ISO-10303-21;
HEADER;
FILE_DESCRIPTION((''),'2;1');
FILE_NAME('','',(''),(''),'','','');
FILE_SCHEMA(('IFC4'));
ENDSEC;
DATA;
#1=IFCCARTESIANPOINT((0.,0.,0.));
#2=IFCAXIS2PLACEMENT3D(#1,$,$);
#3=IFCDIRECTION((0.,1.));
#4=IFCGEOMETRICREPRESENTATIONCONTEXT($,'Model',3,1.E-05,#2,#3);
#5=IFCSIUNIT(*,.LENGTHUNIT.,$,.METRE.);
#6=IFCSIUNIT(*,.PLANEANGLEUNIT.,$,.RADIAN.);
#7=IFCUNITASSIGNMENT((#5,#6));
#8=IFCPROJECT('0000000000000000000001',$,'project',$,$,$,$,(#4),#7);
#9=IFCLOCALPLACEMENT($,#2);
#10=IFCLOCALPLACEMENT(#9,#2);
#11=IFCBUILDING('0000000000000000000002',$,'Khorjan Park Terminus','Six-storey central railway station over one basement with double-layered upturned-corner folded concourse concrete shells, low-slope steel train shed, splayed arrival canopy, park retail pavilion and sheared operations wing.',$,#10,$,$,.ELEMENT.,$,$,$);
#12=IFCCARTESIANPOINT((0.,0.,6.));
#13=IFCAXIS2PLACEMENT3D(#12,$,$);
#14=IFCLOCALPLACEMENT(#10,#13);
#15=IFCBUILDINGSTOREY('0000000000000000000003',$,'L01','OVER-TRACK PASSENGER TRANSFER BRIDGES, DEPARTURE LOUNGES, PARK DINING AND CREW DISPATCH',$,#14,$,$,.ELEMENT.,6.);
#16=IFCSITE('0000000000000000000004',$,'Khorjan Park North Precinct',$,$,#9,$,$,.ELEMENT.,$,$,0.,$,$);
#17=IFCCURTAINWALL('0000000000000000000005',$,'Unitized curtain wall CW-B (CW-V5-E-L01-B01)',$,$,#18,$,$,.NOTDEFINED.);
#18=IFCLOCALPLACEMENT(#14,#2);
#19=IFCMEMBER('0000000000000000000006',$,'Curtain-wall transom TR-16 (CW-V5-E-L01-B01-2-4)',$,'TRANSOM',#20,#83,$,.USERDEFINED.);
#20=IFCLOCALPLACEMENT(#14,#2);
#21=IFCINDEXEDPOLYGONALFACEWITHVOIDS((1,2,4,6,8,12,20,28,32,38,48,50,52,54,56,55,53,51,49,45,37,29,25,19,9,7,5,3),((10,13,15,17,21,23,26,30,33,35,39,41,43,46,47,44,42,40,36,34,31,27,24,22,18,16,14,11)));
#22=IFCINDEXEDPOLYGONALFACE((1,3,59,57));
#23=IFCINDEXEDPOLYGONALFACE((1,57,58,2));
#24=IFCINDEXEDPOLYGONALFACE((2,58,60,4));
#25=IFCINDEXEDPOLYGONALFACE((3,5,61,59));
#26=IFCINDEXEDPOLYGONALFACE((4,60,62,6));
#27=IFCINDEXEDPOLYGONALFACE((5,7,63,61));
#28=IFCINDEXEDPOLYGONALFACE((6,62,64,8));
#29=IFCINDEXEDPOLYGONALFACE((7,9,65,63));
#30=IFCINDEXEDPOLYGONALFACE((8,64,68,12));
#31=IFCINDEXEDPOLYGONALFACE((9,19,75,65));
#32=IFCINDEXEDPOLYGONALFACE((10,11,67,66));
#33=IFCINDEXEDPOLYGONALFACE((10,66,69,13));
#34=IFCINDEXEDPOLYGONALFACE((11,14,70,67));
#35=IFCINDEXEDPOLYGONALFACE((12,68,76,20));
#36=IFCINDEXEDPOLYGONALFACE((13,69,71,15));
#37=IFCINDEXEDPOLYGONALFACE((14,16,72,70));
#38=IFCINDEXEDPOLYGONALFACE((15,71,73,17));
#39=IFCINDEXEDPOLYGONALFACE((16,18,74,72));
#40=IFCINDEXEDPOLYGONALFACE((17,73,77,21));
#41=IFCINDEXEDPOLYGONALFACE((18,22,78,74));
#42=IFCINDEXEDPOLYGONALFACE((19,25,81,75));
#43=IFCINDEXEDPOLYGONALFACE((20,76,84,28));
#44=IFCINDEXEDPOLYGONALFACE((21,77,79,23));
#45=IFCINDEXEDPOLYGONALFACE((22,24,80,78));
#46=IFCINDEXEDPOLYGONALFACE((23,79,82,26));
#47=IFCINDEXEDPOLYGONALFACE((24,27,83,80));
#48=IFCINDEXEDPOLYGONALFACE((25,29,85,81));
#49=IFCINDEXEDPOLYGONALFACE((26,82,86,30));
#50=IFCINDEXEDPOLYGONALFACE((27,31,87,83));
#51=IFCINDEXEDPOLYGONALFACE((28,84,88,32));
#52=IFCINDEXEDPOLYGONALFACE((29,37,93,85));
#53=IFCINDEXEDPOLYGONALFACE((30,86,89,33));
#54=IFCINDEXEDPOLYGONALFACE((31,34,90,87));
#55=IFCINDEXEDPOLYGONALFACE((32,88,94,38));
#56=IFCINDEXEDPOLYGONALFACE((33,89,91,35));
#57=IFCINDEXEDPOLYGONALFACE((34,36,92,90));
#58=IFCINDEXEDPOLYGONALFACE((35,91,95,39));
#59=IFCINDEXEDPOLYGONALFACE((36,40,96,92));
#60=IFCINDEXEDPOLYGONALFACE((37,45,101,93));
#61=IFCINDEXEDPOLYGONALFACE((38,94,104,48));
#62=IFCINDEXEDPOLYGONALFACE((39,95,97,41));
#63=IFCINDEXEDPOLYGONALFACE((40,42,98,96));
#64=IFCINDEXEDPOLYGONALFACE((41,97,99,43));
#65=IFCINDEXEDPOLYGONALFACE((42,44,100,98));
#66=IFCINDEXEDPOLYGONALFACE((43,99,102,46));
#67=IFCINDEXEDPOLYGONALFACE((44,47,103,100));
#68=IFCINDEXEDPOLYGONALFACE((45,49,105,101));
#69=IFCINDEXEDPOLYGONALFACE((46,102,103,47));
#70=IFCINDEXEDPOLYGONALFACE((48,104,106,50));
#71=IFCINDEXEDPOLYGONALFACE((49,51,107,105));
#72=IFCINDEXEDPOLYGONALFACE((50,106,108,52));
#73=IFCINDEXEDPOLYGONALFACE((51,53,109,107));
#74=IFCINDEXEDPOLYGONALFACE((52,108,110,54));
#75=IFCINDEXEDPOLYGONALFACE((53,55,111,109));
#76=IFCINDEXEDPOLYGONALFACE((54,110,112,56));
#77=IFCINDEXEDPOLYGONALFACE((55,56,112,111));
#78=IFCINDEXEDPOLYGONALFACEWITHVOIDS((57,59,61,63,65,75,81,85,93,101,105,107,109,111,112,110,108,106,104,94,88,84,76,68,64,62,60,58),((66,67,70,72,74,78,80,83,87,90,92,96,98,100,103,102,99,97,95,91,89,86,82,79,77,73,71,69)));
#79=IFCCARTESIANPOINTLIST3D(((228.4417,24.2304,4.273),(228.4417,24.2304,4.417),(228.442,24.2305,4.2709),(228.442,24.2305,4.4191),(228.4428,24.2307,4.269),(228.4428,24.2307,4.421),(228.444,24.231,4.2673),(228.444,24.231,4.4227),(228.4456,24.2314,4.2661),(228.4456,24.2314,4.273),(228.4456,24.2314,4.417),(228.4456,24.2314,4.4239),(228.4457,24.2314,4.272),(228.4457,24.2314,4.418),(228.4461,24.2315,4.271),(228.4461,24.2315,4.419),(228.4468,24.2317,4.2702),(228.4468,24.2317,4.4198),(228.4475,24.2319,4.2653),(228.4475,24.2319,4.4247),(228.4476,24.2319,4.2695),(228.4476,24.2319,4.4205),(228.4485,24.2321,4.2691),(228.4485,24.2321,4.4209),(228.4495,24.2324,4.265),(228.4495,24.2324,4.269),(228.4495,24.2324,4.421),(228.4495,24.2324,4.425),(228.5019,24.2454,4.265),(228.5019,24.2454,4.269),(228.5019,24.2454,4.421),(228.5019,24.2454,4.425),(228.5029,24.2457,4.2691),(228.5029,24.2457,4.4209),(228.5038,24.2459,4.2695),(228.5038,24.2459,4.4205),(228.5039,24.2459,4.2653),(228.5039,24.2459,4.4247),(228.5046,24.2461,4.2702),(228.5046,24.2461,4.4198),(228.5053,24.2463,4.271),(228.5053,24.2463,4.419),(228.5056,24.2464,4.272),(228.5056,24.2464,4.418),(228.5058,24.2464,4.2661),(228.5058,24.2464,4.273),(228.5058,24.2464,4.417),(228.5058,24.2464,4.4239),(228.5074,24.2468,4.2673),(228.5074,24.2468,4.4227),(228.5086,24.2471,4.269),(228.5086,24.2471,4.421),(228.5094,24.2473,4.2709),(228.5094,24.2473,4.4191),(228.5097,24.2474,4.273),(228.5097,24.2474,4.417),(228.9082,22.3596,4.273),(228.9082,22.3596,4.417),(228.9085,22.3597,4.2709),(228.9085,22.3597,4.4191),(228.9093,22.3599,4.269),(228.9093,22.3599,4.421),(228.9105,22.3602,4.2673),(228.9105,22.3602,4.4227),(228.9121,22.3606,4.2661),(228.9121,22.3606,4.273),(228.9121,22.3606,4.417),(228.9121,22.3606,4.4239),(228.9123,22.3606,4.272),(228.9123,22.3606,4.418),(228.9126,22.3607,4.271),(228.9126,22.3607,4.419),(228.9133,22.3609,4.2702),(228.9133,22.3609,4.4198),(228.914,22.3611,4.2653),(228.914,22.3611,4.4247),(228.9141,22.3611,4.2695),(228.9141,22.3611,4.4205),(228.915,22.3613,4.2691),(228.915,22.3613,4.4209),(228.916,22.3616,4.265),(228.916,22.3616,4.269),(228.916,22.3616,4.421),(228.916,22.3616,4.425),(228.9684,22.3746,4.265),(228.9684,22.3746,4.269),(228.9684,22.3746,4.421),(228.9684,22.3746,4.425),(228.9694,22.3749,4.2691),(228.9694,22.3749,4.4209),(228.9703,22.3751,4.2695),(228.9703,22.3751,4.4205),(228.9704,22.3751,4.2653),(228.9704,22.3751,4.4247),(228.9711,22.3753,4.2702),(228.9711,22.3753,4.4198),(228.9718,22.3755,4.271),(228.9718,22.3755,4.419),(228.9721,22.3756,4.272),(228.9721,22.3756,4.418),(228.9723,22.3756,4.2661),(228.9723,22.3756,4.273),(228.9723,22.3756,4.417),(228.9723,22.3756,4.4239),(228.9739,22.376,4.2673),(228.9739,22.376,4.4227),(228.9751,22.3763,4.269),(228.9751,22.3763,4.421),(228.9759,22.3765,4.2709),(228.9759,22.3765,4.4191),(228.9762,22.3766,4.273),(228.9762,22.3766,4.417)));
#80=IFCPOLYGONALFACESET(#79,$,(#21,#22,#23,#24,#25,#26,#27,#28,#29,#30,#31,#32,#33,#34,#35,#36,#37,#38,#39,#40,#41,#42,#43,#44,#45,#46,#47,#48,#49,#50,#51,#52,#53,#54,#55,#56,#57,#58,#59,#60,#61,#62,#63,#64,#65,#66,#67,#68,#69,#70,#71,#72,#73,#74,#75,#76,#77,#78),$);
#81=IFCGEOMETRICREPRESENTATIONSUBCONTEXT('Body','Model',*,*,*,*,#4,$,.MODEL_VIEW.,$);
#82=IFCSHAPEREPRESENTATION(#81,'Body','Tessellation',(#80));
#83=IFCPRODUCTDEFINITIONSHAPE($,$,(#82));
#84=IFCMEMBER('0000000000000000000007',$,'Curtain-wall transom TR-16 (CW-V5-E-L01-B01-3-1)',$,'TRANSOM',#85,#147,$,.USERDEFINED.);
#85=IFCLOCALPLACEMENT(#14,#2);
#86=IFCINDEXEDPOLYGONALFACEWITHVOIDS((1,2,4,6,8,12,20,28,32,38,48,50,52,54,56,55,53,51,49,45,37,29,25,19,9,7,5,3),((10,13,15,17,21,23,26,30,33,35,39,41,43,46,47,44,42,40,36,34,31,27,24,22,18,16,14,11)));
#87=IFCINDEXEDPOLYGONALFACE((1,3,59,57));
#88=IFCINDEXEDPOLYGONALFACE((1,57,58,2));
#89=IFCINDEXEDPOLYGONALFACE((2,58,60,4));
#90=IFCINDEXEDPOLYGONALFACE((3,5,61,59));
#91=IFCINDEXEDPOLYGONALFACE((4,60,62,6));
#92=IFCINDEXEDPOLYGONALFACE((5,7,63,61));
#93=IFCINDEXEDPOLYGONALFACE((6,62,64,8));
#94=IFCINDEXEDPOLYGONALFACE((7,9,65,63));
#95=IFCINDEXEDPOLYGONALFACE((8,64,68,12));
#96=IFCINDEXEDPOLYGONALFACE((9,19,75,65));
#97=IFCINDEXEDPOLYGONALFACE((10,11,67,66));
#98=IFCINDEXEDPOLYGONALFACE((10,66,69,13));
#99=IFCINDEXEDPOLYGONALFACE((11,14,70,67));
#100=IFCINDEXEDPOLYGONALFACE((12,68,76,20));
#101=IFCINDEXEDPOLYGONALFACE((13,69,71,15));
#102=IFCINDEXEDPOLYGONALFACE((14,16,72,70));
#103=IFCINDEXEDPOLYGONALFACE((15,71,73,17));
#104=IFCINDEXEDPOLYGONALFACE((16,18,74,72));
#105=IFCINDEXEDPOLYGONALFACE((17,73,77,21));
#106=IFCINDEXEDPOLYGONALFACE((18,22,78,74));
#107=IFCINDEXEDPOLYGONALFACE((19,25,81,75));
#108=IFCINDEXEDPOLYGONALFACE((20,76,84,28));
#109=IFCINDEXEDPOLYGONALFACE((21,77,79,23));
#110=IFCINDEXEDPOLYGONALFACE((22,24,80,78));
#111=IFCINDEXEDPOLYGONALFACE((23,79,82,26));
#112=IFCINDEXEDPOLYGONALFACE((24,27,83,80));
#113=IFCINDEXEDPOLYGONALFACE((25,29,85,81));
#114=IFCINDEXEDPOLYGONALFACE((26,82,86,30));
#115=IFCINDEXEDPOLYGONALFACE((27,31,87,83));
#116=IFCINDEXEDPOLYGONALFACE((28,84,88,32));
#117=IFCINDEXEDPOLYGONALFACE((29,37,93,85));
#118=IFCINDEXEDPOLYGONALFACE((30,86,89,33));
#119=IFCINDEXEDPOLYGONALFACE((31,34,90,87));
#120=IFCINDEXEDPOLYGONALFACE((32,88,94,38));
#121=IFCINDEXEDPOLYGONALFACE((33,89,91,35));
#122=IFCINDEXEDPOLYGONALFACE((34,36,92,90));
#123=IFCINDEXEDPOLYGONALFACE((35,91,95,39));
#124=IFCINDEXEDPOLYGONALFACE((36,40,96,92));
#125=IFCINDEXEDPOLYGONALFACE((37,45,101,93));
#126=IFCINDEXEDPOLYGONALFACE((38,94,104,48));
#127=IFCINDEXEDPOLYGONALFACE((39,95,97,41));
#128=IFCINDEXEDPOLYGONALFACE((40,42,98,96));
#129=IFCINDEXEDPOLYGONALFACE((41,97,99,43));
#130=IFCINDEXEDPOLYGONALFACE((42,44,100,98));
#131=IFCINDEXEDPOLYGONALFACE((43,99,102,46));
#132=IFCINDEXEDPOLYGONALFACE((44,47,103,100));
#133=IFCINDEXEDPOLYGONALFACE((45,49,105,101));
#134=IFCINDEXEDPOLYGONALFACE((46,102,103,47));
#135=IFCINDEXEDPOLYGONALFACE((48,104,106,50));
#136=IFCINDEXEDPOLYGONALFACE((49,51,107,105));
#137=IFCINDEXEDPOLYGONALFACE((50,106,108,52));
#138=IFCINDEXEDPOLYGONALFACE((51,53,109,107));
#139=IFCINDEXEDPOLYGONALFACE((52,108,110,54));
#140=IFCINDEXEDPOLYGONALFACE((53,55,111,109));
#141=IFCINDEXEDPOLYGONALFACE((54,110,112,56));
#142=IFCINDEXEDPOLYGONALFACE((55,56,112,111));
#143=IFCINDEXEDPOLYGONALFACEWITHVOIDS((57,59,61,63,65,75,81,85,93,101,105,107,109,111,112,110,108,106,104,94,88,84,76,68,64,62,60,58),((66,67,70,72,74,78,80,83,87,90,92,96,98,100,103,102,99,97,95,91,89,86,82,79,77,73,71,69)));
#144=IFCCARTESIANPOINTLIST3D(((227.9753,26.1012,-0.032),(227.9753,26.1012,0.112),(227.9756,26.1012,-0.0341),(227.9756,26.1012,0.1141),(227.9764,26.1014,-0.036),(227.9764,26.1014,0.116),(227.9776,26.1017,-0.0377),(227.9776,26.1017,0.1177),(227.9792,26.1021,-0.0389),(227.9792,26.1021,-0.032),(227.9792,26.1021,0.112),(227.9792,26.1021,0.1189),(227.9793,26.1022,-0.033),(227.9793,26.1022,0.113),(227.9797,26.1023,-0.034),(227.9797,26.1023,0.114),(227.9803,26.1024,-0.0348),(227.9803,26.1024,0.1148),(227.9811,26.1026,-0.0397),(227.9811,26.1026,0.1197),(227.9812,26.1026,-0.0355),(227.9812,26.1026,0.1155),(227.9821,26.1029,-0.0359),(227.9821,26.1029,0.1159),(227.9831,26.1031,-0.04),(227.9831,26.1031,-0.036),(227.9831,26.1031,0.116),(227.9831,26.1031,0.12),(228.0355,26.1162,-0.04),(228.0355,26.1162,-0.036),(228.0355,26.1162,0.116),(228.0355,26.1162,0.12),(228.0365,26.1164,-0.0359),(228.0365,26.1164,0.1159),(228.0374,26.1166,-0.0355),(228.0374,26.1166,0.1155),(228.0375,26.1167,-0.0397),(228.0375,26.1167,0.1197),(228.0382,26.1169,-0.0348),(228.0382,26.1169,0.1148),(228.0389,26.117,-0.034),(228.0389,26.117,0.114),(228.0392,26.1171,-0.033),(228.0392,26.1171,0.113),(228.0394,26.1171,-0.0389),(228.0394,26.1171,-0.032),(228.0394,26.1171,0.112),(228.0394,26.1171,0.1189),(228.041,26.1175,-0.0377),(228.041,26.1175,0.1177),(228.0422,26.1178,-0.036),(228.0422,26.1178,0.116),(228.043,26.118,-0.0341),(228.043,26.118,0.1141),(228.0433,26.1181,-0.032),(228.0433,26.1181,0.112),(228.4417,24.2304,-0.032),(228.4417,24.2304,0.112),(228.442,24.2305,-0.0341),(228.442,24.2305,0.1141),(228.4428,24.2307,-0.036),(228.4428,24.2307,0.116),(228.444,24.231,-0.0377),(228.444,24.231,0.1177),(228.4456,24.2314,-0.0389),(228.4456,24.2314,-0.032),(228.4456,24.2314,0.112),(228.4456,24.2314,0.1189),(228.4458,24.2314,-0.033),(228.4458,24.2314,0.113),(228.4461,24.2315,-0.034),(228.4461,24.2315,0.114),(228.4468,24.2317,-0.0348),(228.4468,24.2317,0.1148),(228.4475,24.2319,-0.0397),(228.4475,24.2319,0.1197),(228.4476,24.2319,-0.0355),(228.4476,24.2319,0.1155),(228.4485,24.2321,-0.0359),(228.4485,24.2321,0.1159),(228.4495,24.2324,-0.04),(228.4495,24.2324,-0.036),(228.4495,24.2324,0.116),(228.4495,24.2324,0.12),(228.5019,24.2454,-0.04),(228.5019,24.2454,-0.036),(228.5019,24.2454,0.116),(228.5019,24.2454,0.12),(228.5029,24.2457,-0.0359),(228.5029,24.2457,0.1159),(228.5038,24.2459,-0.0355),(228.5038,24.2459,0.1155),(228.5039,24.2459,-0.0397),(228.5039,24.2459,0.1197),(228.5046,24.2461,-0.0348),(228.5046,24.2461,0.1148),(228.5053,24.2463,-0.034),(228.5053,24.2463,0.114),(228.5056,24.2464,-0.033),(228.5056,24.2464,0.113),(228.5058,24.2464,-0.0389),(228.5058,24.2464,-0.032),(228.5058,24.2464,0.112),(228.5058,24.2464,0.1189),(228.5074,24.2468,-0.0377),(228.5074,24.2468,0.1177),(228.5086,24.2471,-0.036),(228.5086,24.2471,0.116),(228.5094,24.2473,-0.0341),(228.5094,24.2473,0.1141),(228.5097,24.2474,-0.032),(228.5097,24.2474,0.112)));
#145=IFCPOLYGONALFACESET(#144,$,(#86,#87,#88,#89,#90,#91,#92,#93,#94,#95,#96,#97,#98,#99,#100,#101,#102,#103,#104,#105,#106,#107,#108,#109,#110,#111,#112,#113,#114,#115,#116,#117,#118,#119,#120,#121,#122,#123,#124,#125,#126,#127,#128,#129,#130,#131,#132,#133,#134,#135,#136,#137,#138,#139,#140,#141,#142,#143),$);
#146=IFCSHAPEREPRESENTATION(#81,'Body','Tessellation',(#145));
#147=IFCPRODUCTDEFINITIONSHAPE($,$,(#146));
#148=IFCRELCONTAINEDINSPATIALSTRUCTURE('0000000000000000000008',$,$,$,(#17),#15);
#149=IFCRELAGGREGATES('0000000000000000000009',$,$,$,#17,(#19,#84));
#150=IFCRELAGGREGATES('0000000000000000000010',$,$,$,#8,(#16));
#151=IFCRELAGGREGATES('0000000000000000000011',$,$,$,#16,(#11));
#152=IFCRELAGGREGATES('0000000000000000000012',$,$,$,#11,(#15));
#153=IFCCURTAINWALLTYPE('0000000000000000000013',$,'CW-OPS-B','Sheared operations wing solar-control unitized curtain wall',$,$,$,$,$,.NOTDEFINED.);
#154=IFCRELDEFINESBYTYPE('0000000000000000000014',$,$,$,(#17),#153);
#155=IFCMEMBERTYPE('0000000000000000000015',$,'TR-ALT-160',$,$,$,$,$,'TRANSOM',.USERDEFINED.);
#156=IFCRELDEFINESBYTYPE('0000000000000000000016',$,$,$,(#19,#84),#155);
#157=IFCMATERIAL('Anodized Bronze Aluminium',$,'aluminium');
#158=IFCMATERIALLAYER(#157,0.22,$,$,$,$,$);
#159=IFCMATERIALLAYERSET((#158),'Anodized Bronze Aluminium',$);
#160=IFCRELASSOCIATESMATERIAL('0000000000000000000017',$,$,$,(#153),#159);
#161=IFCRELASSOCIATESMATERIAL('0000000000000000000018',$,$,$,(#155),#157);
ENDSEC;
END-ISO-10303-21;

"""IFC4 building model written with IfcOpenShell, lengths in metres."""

from ifc_helpers import new_model, si_unit, direction, frame, origin, origin_2d, place, context, subcontext, project, spatial, hollow_rectangle, extrude, material, layer, layer_set, material_profile, profile_set, type_object, element, aggregate, save


model = new_model("IFC4")

# Units and contexts
model_context = context("Model", 3, precision=1e-05, world=origin(), true_north=direction((0.0, 1.0)))
body_context = subcontext(model_context, "Body", "Model", "MODEL_VIEW")
ifc_project = project(units=[si_unit("LENGTHUNIT", "METRE"), si_unit("PLANEANGLEUNIT", "RADIAN")], contexts=[model_context])

# Site, building, storey
site_placement = place(None, origin())
site = spatial("IfcSite", under=ifc_project, at=site_placement, Name="Khorjan Park North Precinct", CompositionType="ELEMENT", RefElevation=0.0)
building_placement = place(site_placement, origin())
building = spatial("IfcBuilding", under=site, at=building_placement, Name="Khorjan Park Terminus", Description="Six-storey central railway station over one basement with double-layered upturned-corner folded concourse concrete shells, low-slope steel train shed, splayed arrival canopy, park retail pavilion and sheared operations wing.", CompositionType="ELEMENT")
storey_placement = place(building_placement, frame((0.0, 0.0, 6.0)))
storey = spatial("IfcBuildingStorey", under=building, at=storey_placement, Name="L01", Description="OVER-TRACK PASSENGER TRANSFER BRIDGES, DEPARTURE LOUNGES, PARK DINING AND CREW DISPATCH", CompositionType="ELEMENT", Elevation=6.0)

# Curtain wall, members
ifc_material_1 = material(Name="Anodized Bronze Aluminium", Category="aluminium")
ifc_layer_1 = layer(ifc_material_1, 0.22)
ifc_layer_set_1 = layer_set([ifc_layer_1], Name="Anodized Bronze Aluminium")
curtain_wall_type = type_object("IfcCurtainWallType", Name="CW-OPS-B", Description="Sheared operations wing solar-control unitized curtain wall", PredefinedType="NOTDEFINED", material=ifc_layer_set_1)
curtain_wall_placement = place(storey_placement, origin())
curtain_wall = element("IfcCurtainWall", 1, at=curtain_wall_placement, inside=storey, type_object=curtain_wall_type, Name="Unitized curtain wall CW-B (CW-V5-E-L01-B01)", PredefinedType="NOTDEFINED")
ifc_material_profile_1 = material_profile(ifc_material_1, hollow_rectangle(XDim=0.07, YDim=0.16, WallThickness=0.004, InnerFilletRadius=0.004, OuterFilletRadius=0.008, at=origin_2d()), Name="ALT 70x160x4")
ifc_profile_set_1 = profile_set([ifc_material_profile_1], Name="Anodized Bronze Aluminium")
member_type_1 = type_object("IfcMemberType", Name="TR-ALT-160", ElementType="TRANSOM", PredefinedType="USERDEFINED", material=ifc_profile_set_1)
member_1_placement = place(storey_placement, frame((228.9422, 22.3681, 4.345), z_axis=(-0.24195, 0.970289, 0.0), x_axis=(-0.970289, -0.24195, 0.0)))
member_1 = element("IfcMember", 2, at=member_1_placement, type_object=member_type_1, Name="Curtain-wall transom TR-16 (CW-V5-E-L01-B01-2-4)", ObjectType="TRANSOM", PredefinedType="USERDEFINED", context=body_context, shape_type="SweptSolid", body=[
    extrude(hollow_rectangle(XDim=0.07, YDim=0.16, WallThickness=0.004, InnerFilletRadius=0.004, OuterFilletRadius=0.008, at=origin_2d()), origin(), (0.0, 0.0, 1.0), 1.9281),
])
member_2_placement = place(storey_placement, frame((228.4757, 24.2389, 0.04), z_axis=(-0.241913, 0.970298, 0.0), x_axis=(-0.970298, -0.241913, 0.0)))
member_2 = element("IfcMember", 3, at=member_2_placement, type_object=member_type_1, Name="Curtain-wall transom TR-16 (CW-V5-E-L01-B01-3-1)", ObjectType="TRANSOM", PredefinedType="USERDEFINED", context=body_context, shape_type="SweptSolid", body=[
    extrude(hollow_rectangle(XDim=0.07, YDim=0.16, WallThickness=0.004, InnerFilletRadius=0.004, OuterFilletRadius=0.008, at=origin_2d()), origin(), (0.0, 0.0, 1.0), 1.928),
])
aggregate(curtain_wall, [member_1, member_2])

save(model, "model.ifc")
